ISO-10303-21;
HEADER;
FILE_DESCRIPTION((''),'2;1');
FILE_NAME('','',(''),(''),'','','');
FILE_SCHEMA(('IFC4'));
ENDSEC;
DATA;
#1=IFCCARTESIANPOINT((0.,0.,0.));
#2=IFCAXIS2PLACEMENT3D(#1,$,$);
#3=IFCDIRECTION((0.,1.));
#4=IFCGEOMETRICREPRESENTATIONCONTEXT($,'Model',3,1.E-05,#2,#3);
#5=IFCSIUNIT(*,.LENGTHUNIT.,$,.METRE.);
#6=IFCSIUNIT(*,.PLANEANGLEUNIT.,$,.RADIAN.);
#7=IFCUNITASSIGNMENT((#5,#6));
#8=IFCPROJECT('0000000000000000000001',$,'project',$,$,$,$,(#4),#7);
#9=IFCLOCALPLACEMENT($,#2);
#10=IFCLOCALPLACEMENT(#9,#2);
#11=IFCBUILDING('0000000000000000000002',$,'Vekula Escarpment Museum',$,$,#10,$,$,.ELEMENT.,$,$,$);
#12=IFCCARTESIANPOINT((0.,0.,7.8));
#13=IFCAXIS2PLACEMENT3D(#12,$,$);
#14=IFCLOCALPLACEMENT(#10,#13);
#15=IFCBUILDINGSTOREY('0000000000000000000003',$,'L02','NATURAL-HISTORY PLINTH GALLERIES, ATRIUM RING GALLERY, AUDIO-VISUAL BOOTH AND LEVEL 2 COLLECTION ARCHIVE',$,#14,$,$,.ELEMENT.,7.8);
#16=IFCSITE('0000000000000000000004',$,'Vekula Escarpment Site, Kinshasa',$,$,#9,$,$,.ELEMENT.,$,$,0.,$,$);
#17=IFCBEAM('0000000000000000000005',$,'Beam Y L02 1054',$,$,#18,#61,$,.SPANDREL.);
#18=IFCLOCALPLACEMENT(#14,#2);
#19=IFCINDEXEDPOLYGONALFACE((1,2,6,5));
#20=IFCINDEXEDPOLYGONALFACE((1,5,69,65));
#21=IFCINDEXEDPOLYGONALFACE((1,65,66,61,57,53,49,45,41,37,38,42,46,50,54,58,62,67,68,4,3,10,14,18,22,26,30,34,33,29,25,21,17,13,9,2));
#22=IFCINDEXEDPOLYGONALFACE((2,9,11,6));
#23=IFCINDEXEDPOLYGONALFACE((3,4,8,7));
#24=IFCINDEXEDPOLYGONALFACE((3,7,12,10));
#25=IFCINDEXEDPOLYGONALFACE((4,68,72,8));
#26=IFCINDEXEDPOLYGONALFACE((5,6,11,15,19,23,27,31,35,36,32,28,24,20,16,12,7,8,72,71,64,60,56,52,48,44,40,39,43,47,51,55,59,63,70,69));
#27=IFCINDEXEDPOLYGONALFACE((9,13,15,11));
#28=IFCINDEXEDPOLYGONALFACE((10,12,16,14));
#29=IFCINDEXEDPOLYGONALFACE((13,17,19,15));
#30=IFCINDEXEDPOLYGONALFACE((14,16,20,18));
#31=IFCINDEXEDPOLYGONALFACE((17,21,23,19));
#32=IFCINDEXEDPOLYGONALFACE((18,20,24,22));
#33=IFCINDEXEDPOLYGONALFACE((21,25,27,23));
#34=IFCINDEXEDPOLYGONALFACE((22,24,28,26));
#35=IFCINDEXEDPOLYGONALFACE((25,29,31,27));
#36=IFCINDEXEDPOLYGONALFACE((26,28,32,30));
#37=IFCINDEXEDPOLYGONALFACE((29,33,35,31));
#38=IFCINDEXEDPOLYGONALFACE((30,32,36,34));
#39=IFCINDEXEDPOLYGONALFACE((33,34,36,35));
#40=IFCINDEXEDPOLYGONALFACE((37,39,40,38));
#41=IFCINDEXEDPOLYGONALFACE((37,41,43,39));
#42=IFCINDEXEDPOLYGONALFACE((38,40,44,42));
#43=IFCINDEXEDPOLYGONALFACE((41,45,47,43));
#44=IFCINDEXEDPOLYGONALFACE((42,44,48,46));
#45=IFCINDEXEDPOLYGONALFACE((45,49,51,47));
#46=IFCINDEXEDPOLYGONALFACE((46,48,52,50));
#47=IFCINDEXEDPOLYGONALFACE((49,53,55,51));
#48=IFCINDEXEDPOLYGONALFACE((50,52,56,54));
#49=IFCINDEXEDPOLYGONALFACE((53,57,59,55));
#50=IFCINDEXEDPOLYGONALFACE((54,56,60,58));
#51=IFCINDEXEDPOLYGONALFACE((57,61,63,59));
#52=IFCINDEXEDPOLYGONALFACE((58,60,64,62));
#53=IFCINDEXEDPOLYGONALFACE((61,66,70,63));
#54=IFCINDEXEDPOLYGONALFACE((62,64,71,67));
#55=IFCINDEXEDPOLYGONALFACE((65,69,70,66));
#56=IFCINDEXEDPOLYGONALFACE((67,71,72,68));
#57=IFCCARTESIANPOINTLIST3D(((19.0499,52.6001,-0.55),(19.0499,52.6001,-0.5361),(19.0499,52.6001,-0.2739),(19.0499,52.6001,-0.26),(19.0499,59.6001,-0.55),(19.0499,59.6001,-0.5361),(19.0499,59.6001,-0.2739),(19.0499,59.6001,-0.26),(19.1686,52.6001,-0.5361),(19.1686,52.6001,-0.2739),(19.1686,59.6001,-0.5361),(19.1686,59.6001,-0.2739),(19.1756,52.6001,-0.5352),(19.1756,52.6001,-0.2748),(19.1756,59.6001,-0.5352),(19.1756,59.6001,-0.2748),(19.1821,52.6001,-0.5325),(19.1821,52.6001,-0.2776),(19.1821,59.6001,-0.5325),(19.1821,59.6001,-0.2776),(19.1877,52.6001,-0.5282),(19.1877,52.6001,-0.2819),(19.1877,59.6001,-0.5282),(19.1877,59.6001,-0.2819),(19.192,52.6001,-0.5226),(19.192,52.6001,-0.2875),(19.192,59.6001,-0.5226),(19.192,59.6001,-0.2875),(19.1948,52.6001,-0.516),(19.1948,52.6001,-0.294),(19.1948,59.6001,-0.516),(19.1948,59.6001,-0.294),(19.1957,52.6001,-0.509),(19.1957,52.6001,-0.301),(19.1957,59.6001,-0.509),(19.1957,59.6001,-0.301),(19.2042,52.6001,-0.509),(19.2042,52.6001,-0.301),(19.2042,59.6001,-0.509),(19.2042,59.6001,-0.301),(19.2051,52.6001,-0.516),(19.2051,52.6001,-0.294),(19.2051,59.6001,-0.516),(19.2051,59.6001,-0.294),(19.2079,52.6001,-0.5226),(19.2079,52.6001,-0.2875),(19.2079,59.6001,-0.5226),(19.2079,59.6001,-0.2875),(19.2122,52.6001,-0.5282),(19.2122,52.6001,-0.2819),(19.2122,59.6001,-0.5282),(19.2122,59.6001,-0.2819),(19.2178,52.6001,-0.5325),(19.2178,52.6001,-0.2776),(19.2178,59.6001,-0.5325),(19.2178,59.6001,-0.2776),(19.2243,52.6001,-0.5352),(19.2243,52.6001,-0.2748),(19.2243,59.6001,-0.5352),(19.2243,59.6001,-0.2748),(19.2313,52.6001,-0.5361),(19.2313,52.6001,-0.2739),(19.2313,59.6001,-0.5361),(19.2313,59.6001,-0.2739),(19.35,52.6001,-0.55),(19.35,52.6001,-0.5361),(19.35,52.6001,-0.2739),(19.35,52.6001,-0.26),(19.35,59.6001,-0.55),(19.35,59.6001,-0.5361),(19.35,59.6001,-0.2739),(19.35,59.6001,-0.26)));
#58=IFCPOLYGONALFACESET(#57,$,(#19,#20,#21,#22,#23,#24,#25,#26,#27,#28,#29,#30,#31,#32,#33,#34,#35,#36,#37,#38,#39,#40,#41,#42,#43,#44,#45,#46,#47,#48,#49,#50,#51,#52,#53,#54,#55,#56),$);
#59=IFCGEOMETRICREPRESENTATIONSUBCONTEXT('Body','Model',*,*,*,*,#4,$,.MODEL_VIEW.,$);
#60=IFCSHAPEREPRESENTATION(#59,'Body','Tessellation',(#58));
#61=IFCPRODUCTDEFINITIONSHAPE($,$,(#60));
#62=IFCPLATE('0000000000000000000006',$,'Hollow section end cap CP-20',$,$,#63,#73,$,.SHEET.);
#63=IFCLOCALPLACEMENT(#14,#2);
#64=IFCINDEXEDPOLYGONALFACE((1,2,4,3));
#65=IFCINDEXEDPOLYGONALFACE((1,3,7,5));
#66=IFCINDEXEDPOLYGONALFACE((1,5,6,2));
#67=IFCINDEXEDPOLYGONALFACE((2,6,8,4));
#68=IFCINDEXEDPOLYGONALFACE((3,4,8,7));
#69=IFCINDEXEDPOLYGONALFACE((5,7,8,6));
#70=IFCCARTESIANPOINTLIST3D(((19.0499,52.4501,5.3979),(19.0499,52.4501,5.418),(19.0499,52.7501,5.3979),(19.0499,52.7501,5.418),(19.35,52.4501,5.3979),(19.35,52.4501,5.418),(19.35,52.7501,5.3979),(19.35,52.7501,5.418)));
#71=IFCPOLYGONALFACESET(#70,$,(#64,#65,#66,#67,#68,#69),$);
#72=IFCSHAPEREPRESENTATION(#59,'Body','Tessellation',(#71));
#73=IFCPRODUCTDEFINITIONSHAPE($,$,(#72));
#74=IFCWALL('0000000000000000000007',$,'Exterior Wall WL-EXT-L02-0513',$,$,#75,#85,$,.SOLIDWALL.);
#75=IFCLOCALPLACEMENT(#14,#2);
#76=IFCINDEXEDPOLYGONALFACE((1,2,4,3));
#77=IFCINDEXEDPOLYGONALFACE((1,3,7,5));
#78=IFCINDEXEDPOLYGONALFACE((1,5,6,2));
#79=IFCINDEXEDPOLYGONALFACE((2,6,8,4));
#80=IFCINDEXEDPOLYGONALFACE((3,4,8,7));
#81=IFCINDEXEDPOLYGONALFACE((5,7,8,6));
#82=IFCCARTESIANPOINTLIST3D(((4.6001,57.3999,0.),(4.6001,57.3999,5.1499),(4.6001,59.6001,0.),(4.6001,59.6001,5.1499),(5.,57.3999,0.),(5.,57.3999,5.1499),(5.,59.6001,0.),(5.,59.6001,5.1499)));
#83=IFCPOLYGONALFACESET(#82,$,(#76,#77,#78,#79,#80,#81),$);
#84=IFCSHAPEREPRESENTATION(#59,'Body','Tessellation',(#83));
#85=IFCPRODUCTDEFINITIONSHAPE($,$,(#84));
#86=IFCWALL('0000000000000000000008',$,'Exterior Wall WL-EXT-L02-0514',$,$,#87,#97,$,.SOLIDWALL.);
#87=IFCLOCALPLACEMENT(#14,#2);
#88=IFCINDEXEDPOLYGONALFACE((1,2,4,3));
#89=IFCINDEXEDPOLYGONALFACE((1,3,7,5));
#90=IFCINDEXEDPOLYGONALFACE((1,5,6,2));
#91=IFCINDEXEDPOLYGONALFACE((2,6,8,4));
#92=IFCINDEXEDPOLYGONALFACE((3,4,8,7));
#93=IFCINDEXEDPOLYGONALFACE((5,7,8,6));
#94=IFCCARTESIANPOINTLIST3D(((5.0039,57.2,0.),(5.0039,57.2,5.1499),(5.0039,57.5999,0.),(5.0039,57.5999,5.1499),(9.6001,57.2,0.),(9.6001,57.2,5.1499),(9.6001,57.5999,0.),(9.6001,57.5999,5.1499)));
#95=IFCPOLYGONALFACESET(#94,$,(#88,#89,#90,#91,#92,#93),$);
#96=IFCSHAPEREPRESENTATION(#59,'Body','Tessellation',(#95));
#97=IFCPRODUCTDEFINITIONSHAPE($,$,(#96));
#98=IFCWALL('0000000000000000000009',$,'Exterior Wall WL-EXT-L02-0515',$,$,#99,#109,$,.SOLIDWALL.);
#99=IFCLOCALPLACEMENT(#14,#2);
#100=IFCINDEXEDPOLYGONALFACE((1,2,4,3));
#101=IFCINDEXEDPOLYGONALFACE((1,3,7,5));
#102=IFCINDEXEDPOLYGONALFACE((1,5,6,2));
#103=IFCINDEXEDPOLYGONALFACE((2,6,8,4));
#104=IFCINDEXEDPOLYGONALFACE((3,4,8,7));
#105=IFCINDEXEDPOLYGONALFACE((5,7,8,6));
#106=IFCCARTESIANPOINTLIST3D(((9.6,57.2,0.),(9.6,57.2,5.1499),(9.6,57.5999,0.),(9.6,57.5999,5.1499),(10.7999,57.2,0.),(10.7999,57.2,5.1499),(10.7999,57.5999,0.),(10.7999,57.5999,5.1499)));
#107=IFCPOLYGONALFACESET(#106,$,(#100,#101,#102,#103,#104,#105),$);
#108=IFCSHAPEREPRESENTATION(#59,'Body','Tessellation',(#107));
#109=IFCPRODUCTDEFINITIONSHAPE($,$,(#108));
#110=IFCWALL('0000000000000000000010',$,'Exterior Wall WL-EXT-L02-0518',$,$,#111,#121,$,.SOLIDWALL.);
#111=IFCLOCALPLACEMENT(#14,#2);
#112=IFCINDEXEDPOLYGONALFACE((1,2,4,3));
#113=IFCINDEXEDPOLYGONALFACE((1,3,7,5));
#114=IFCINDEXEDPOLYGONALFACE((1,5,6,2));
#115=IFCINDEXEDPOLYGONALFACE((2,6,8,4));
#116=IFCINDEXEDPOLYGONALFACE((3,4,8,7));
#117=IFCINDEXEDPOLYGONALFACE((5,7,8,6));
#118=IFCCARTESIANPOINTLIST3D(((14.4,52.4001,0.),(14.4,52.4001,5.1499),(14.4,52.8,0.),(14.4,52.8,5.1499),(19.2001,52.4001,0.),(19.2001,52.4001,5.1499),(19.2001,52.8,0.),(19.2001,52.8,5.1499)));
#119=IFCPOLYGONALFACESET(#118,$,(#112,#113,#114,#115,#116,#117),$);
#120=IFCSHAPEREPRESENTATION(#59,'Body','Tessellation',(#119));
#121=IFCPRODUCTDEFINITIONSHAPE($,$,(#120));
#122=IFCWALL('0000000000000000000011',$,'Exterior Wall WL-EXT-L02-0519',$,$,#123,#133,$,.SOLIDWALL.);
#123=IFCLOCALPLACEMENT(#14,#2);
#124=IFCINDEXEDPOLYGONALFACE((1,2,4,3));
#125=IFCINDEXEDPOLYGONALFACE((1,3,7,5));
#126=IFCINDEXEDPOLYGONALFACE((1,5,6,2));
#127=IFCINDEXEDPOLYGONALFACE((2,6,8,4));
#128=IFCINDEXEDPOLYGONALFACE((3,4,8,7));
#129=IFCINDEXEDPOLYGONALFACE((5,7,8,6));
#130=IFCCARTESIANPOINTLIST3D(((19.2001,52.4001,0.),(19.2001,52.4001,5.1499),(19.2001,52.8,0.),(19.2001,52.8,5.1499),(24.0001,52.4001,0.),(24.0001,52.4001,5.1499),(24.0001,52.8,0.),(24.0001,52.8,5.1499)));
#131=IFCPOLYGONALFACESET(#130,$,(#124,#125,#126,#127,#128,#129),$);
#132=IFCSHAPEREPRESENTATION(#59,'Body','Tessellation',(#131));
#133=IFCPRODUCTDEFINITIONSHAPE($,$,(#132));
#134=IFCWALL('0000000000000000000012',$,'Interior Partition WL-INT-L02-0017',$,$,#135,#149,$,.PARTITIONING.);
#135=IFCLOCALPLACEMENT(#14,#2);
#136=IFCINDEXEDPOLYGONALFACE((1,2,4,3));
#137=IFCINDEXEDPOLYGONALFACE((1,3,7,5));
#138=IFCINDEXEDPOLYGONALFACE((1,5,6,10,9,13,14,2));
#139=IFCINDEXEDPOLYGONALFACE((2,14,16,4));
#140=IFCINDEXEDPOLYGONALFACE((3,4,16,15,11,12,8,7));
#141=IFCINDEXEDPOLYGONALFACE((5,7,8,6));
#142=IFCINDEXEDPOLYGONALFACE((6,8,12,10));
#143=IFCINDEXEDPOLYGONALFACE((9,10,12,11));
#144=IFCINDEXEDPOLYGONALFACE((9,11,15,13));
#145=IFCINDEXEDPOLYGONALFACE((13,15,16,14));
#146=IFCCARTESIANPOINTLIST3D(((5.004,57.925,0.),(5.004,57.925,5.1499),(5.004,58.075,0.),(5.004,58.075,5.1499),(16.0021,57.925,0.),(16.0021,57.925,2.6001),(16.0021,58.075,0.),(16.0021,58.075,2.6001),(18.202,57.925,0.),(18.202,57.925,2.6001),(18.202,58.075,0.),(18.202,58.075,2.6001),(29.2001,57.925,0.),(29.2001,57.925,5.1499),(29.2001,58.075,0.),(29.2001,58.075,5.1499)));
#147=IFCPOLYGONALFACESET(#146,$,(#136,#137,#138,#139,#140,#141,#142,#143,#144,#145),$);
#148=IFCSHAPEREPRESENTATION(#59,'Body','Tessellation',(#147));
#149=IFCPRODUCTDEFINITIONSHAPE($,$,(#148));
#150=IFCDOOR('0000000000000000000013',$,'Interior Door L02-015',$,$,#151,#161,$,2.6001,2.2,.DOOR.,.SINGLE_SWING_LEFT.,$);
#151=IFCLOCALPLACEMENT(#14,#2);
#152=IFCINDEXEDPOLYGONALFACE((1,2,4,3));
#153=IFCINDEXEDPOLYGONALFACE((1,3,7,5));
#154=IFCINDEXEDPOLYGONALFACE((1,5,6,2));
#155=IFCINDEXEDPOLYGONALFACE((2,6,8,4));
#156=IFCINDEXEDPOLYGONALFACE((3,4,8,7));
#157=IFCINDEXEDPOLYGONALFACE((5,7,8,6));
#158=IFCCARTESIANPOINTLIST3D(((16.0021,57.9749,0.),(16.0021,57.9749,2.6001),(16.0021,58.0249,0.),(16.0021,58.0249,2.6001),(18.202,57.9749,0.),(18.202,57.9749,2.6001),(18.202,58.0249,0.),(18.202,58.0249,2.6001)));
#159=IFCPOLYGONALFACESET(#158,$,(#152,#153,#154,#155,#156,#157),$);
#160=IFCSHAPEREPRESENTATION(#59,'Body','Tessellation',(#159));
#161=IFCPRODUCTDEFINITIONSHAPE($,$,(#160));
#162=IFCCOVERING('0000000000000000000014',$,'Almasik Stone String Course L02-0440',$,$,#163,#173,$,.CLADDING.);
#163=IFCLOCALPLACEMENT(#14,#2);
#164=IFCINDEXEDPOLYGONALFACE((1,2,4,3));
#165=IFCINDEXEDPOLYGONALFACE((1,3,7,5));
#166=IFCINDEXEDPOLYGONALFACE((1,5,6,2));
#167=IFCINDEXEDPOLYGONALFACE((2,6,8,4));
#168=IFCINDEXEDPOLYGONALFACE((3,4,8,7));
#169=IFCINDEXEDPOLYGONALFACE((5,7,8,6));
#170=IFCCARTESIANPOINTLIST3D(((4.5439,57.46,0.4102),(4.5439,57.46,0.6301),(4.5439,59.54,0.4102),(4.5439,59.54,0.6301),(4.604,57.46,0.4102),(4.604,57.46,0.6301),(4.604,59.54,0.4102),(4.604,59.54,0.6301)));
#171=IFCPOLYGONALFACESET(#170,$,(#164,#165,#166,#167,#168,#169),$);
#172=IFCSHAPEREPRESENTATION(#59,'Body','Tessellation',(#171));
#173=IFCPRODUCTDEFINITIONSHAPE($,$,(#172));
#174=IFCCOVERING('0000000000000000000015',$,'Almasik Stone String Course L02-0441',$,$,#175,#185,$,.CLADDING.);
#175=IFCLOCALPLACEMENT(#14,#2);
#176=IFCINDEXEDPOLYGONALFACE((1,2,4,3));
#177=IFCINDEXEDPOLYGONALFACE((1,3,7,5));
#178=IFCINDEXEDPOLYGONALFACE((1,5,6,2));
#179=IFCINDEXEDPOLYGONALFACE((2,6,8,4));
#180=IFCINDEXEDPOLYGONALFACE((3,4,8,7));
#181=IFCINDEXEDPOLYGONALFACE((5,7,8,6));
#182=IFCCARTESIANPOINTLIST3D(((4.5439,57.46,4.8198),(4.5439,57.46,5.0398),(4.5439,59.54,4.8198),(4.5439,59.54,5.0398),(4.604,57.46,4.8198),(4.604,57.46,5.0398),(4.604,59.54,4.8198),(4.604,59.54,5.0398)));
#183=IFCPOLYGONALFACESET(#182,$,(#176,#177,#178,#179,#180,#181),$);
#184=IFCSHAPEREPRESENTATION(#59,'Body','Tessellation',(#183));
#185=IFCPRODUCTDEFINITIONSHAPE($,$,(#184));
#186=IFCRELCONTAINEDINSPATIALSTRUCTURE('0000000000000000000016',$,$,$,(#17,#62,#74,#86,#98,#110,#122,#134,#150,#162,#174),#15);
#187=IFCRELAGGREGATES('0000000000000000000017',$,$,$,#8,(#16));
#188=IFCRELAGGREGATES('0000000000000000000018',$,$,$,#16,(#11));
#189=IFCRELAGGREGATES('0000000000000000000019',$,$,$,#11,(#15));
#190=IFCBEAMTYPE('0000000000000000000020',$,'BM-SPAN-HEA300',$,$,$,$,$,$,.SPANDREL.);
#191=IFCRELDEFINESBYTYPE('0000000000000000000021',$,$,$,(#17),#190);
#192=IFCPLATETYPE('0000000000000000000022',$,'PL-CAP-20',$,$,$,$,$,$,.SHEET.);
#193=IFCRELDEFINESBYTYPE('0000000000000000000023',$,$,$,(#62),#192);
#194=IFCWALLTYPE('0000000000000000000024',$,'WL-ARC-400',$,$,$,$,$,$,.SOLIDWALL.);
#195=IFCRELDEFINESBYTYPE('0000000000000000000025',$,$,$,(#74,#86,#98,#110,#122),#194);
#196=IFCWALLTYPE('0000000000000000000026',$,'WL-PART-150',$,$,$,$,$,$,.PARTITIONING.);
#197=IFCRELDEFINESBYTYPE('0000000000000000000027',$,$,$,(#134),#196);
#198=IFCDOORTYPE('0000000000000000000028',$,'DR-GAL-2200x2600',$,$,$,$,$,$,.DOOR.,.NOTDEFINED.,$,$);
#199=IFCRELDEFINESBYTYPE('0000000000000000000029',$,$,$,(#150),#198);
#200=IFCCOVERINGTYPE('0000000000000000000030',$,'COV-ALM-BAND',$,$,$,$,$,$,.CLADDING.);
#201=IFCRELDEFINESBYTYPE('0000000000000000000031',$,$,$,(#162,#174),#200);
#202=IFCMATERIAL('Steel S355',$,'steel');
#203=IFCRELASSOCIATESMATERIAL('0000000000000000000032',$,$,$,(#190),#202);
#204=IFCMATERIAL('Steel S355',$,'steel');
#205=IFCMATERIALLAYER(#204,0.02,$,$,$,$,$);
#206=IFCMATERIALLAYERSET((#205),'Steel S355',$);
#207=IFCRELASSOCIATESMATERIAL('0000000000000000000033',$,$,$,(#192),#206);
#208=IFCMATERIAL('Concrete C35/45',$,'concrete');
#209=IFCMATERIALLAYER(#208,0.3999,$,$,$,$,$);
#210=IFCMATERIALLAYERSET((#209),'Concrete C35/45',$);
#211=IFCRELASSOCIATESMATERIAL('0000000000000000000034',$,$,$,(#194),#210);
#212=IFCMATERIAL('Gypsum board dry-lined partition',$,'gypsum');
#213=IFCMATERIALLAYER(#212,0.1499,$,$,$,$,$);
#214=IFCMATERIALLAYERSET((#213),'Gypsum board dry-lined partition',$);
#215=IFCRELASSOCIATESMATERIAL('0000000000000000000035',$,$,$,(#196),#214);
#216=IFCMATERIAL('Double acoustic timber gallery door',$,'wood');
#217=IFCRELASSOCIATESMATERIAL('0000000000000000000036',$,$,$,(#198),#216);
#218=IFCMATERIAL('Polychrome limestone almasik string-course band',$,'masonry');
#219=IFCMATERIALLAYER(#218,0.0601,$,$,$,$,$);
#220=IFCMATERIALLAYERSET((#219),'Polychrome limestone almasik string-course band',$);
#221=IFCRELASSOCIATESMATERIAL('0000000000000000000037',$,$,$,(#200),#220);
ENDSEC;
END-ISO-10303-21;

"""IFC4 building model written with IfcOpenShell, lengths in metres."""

from ifc_helpers import new_model, si_unit, direction, frame, frame_2d, origin, origin_2d, place, context, subcontext, project, spatial, rectangle, i_section, extrude, material, layer, layer_set, material_profile, profile_set, type_object, element, fill, save


model = new_model("IFC4")

# Units and contexts
model_context = context("Model", 3, precision=1e-05, world=origin(), true_north=direction((0.0, 1.0)))
body_context = subcontext(model_context, "Body", "Model", "MODEL_VIEW")
ifc_project = project(units=[si_unit("LENGTHUNIT", "METRE"), si_unit("PLANEANGLEUNIT", "RADIAN")], contexts=[model_context])

# Site, building, storey
site_placement = place(None, origin())
site = spatial("IfcSite", under=ifc_project, at=site_placement, Name="Vekula Escarpment Site, Kinshasa", CompositionType="ELEMENT", RefElevation=0.0)
building_placement = place(site_placement, origin())
building = spatial("IfcBuilding", under=site, at=building_placement, Name="Vekula Escarpment Museum", CompositionType="ELEMENT")
storey_placement = place(building_placement, frame((0.0, 0.0, 7.8)))
storey = spatial("IfcBuildingStorey", under=building, at=storey_placement, Name="L02", Description="NATURAL-HISTORY PLINTH GALLERIES, ATRIUM RING GALLERY, AUDIO-VISUAL BOOTH AND LEVEL 2 COLLECTION ARCHIVE", CompositionType="ELEMENT", Elevation=7.8)

# Beam
ifc_material_1 = material(Name="Steel S355", Category="steel")
ifc_material_profile_1 = material_profile(ifc_material_1, i_section(OverallWidth=0.3, OverallDepth=0.29, WebThickness=0.0085, FlangeThickness=0.0139, FilletRadius=0.0271, at=origin_2d()), Name="HEA 300")
ifc_profile_set_1 = profile_set([ifc_material_profile_1], Name="Steel S355")
beam_type_1 = type_object("IfcBeamType", Name="BM-SPAN-HEA300", PredefinedType="SPANDREL", material=ifc_profile_set_1)
beam_1_placement = place(storey_placement, frame((19.2, 52.6001, -0.405), z_axis=(0.0, 1.0, 0.0), x_axis=(-1.0, 0.0, 0.0)))
element("IfcBeam", 1, at=beam_1_placement, inside=storey, type_object=beam_type_1, Name="Beam Y L02 1054", PredefinedType="SPANDREL", context=body_context, shape_type="SweptSolid", body=[
    extrude(i_section(OverallWidth=0.3, OverallDepth=0.29, WebThickness=0.0085, FlangeThickness=0.0139, FilletRadius=0.0271, at=origin_2d()), origin(), (0.0, 0.0, 1.0), 7.0),
])

# Plate
ifc_material_2 = material(Name="Steel S355", Category="steel")
ifc_layer_1 = layer(ifc_material_2, 0.02)
ifc_layer_set_1 = layer_set([ifc_layer_1], Name="Steel S355")
plate_type = type_object("IfcPlateType", Name="PL-CAP-20", PredefinedType="SHEET", material=ifc_layer_set_1)
plate_placement = place(storey_placement, frame((19.2, 52.6001, 5.3979), z_axis=(0.0, 0.0, 1.0), x_axis=(1.0, 0.0, 0.0)))
element("IfcPlate", 2, at=plate_placement, inside=storey, type_object=plate_type, Name="Hollow section end cap CP-20", PredefinedType="SHEET", context=body_context, shape_type="SweptSolid", body=[
    extrude(rectangle(XDim=0.3, YDim=0.3, at=origin_2d()), origin(), (0.0, 0.0, 1.0), 0.02),
])

# Walls
ifc_material_3 = material(Name="Concrete C35/45", Category="concrete")
ifc_layer_2 = layer(ifc_material_3, 0.3999)
ifc_layer_set_2 = layer_set([ifc_layer_2], Name="Concrete C35/45")
wall_type_1 = type_object("IfcWallType", Name="WL-ARC-400", PredefinedType="SOLIDWALL", material=ifc_layer_set_2)
wall_1_placement = place(storey_placement, frame((4.8, 57.3999, 0.0), z_axis=(0.0, 0.0, 1.0), x_axis=(0.0, 1.0, 0.0)))
element("IfcWall", 3, at=wall_1_placement, inside=storey, type_object=wall_type_1, Name="Exterior Wall WL-EXT-L02-0513", PredefinedType="SOLIDWALL", context=body_context, shape_type="SweptSolid", body=[
    extrude(rectangle(XDim=2.2002, YDim=0.3999, at=frame_2d((1.1001, 0.0))), origin(), (0.0, 0.0, 1.0), 5.1499),
])
wall_2_placement = place(storey_placement, frame((9.6001, 57.3999, 0.0), z_axis=(0.0, 0.0, 1.0), x_axis=(-1.0, 0.0, 0.0)))
element("IfcWall", 4, at=wall_2_placement, inside=storey, type_object=wall_type_1, Name="Exterior Wall WL-EXT-L02-0514", PredefinedType="SOLIDWALL", context=body_context, shape_type="SweptSolid", body=[
    extrude(rectangle(XDim=4.5962, YDim=0.3999, at=frame_2d((2.2981, 0.0))), origin(), (0.0, 0.0, 1.0), 5.1499),
])
wall_3_placement = place(storey_placement, frame((10.8, 57.3999, 0.0), z_axis=(0.0, 0.0, 1.0), x_axis=(-1.0, 0.0, 0.0)))
element("IfcWall", 5, at=wall_3_placement, inside=storey, type_object=wall_type_1, Name="Exterior Wall WL-EXT-L02-0515", PredefinedType="SOLIDWALL", context=body_context, shape_type="SweptSolid", body=[
    extrude(rectangle(XDim=1.2, YDim=0.3999, at=frame_2d((0.6001, 0.0))), origin(), (0.0, 0.0, 1.0), 5.1499),
])
for number, where, z_axis, x_axis, name in (
    (6, (19.2, 52.6001, 0.0), (0.0, 0.0, 1.0), (-1.0, 0.0, 0.0), "Exterior Wall WL-EXT-L02-0518"),
    (7, (24.0, 52.6001, 0.0), (0.0, 0.0, 1.0), (-1.0, 0.0, 0.0), "Exterior Wall WL-EXT-L02-0519"),
):
    element("IfcWall", number, at=place(storey_placement, frame(where, z_axis=z_axis, x_axis=x_axis)), inside=storey, type_object=wall_type_1, Name=name, PredefinedType="SOLIDWALL", context=body_context, shape_type="SweptSolid", body=[
        extrude(rectangle(XDim=4.8, YDim=0.3999, at=frame_2d((2.3999, 0.0))), origin(), (0.0, 0.0, 1.0), 5.1499),
    ])

# Wall, opening, door
ifc_material_4 = material(Name="Gypsum board dry-lined partition", Category="gypsum")
ifc_layer_3 = layer(ifc_material_4, 0.1499)
ifc_layer_set_3 = layer_set([ifc_layer_3], Name="Gypsum board dry-lined partition")
wall_type_2 = type_object("IfcWallType", Name="WL-PART-150", PredefinedType="PARTITIONING", material=ifc_layer_set_3)
wall_4_placement = place(storey_placement, frame((5.0039, 58.0, 0.0), z_axis=(0.0, 0.0, 1.0), x_axis=(1.0, 0.0, 0.0)))
wall_4 = element("IfcWall", 8, at=wall_4_placement, inside=storey, type_object=wall_type_2, Name="Interior Partition WL-INT-L02-0017", PredefinedType="PARTITIONING", context=body_context, shape_type="SweptSolid", body=[
    extrude(rectangle(XDim=24.196, YDim=0.1499, at=frame_2d((12.0981, 0.0))), origin(), (0.0, 0.0, 1.0), 5.1499),
])
opening_placement = place(wall_4_placement, frame((10.998, 0.0, 0.0)))
opening = element("IfcOpeningElement", 9, at=opening_placement, cuts=wall_4, PredefinedType="OPENING", context=body_context, shape_type="SweptSolid", body=[
    extrude(rectangle(XDim=2.2, YDim=2.6001, at=frame_2d((1.1001, 1.3))), frame((0.0, 0.085, 0.0), z_axis=(0.0, -1.0, 0.0), x_axis=(1.0, 0.0, 0.0)), (0.0, 0.0, 1.0), 0.1699),
])
ifc_material_5 = material(Name="Double acoustic timber gallery door", Category="wood")
door_type = type_object("IfcDoorType", Name="DR-GAL-2200x2600", OperationType="NOTDEFINED", PredefinedType="DOOR", material=ifc_material_5)
door_placement = place(opening_placement, origin())
door = element("IfcDoor", 10, at=door_placement, inside=storey, type_object=door_type, Name="Interior Door L02-015", OperationType="SINGLE_SWING_LEFT", OverallHeight=2.6001, OverallWidth=2.2, PredefinedType="DOOR", context=body_context, shape_type="SweptSolid", body=[
    extrude(rectangle(XDim=2.2, YDim=2.6001, at=frame_2d((1.1001, 1.3))), frame((0.0, 0.0249, 0.0), z_axis=(0.0, -1.0, 0.0), x_axis=(1.0, 0.0, 0.0)), (0.0, 0.0, 1.0), 0.05),
])
fill(opening, door)

# Coverings
ifc_material_6 = material(Name="Polychrome limestone almasik string-course band", Category="masonry")
ifc_layer_4 = layer(ifc_material_6, 0.0601)
ifc_layer_set_4 = layer_set([ifc_layer_4], Name="Polychrome limestone almasik string-course band")
covering_type = type_object("IfcCoveringType", Name="COV-ALM-BAND", PredefinedType="CLADDING", material=ifc_layer_set_4)
for number, where, z_axis, x_axis, name in (
    (11, (4.574, 58.5, 0.4102), (0.0, 0.0, 1.0), (0.0, 1.0, 0.0), "Almasik Stone String Course L02-0440"),
    (12, (4.574, 58.5, 4.8198), (0.0, 0.0, 1.0), (0.0, 1.0, 0.0), "Almasik Stone String Course L02-0441"),
):
    element("IfcCovering", number, at=place(storey_placement, frame(where, z_axis=z_axis, x_axis=x_axis)), inside=storey, type_object=covering_type, Name=name, PredefinedType="CLADDING", context=body_context, shape_type="SweptSolid", body=[
        extrude(rectangle(XDim=2.0801, YDim=0.0601, at=origin_2d()), origin(), (0.0, 0.0, 1.0), 0.22),
    ])

save(model, "model.ifc")
